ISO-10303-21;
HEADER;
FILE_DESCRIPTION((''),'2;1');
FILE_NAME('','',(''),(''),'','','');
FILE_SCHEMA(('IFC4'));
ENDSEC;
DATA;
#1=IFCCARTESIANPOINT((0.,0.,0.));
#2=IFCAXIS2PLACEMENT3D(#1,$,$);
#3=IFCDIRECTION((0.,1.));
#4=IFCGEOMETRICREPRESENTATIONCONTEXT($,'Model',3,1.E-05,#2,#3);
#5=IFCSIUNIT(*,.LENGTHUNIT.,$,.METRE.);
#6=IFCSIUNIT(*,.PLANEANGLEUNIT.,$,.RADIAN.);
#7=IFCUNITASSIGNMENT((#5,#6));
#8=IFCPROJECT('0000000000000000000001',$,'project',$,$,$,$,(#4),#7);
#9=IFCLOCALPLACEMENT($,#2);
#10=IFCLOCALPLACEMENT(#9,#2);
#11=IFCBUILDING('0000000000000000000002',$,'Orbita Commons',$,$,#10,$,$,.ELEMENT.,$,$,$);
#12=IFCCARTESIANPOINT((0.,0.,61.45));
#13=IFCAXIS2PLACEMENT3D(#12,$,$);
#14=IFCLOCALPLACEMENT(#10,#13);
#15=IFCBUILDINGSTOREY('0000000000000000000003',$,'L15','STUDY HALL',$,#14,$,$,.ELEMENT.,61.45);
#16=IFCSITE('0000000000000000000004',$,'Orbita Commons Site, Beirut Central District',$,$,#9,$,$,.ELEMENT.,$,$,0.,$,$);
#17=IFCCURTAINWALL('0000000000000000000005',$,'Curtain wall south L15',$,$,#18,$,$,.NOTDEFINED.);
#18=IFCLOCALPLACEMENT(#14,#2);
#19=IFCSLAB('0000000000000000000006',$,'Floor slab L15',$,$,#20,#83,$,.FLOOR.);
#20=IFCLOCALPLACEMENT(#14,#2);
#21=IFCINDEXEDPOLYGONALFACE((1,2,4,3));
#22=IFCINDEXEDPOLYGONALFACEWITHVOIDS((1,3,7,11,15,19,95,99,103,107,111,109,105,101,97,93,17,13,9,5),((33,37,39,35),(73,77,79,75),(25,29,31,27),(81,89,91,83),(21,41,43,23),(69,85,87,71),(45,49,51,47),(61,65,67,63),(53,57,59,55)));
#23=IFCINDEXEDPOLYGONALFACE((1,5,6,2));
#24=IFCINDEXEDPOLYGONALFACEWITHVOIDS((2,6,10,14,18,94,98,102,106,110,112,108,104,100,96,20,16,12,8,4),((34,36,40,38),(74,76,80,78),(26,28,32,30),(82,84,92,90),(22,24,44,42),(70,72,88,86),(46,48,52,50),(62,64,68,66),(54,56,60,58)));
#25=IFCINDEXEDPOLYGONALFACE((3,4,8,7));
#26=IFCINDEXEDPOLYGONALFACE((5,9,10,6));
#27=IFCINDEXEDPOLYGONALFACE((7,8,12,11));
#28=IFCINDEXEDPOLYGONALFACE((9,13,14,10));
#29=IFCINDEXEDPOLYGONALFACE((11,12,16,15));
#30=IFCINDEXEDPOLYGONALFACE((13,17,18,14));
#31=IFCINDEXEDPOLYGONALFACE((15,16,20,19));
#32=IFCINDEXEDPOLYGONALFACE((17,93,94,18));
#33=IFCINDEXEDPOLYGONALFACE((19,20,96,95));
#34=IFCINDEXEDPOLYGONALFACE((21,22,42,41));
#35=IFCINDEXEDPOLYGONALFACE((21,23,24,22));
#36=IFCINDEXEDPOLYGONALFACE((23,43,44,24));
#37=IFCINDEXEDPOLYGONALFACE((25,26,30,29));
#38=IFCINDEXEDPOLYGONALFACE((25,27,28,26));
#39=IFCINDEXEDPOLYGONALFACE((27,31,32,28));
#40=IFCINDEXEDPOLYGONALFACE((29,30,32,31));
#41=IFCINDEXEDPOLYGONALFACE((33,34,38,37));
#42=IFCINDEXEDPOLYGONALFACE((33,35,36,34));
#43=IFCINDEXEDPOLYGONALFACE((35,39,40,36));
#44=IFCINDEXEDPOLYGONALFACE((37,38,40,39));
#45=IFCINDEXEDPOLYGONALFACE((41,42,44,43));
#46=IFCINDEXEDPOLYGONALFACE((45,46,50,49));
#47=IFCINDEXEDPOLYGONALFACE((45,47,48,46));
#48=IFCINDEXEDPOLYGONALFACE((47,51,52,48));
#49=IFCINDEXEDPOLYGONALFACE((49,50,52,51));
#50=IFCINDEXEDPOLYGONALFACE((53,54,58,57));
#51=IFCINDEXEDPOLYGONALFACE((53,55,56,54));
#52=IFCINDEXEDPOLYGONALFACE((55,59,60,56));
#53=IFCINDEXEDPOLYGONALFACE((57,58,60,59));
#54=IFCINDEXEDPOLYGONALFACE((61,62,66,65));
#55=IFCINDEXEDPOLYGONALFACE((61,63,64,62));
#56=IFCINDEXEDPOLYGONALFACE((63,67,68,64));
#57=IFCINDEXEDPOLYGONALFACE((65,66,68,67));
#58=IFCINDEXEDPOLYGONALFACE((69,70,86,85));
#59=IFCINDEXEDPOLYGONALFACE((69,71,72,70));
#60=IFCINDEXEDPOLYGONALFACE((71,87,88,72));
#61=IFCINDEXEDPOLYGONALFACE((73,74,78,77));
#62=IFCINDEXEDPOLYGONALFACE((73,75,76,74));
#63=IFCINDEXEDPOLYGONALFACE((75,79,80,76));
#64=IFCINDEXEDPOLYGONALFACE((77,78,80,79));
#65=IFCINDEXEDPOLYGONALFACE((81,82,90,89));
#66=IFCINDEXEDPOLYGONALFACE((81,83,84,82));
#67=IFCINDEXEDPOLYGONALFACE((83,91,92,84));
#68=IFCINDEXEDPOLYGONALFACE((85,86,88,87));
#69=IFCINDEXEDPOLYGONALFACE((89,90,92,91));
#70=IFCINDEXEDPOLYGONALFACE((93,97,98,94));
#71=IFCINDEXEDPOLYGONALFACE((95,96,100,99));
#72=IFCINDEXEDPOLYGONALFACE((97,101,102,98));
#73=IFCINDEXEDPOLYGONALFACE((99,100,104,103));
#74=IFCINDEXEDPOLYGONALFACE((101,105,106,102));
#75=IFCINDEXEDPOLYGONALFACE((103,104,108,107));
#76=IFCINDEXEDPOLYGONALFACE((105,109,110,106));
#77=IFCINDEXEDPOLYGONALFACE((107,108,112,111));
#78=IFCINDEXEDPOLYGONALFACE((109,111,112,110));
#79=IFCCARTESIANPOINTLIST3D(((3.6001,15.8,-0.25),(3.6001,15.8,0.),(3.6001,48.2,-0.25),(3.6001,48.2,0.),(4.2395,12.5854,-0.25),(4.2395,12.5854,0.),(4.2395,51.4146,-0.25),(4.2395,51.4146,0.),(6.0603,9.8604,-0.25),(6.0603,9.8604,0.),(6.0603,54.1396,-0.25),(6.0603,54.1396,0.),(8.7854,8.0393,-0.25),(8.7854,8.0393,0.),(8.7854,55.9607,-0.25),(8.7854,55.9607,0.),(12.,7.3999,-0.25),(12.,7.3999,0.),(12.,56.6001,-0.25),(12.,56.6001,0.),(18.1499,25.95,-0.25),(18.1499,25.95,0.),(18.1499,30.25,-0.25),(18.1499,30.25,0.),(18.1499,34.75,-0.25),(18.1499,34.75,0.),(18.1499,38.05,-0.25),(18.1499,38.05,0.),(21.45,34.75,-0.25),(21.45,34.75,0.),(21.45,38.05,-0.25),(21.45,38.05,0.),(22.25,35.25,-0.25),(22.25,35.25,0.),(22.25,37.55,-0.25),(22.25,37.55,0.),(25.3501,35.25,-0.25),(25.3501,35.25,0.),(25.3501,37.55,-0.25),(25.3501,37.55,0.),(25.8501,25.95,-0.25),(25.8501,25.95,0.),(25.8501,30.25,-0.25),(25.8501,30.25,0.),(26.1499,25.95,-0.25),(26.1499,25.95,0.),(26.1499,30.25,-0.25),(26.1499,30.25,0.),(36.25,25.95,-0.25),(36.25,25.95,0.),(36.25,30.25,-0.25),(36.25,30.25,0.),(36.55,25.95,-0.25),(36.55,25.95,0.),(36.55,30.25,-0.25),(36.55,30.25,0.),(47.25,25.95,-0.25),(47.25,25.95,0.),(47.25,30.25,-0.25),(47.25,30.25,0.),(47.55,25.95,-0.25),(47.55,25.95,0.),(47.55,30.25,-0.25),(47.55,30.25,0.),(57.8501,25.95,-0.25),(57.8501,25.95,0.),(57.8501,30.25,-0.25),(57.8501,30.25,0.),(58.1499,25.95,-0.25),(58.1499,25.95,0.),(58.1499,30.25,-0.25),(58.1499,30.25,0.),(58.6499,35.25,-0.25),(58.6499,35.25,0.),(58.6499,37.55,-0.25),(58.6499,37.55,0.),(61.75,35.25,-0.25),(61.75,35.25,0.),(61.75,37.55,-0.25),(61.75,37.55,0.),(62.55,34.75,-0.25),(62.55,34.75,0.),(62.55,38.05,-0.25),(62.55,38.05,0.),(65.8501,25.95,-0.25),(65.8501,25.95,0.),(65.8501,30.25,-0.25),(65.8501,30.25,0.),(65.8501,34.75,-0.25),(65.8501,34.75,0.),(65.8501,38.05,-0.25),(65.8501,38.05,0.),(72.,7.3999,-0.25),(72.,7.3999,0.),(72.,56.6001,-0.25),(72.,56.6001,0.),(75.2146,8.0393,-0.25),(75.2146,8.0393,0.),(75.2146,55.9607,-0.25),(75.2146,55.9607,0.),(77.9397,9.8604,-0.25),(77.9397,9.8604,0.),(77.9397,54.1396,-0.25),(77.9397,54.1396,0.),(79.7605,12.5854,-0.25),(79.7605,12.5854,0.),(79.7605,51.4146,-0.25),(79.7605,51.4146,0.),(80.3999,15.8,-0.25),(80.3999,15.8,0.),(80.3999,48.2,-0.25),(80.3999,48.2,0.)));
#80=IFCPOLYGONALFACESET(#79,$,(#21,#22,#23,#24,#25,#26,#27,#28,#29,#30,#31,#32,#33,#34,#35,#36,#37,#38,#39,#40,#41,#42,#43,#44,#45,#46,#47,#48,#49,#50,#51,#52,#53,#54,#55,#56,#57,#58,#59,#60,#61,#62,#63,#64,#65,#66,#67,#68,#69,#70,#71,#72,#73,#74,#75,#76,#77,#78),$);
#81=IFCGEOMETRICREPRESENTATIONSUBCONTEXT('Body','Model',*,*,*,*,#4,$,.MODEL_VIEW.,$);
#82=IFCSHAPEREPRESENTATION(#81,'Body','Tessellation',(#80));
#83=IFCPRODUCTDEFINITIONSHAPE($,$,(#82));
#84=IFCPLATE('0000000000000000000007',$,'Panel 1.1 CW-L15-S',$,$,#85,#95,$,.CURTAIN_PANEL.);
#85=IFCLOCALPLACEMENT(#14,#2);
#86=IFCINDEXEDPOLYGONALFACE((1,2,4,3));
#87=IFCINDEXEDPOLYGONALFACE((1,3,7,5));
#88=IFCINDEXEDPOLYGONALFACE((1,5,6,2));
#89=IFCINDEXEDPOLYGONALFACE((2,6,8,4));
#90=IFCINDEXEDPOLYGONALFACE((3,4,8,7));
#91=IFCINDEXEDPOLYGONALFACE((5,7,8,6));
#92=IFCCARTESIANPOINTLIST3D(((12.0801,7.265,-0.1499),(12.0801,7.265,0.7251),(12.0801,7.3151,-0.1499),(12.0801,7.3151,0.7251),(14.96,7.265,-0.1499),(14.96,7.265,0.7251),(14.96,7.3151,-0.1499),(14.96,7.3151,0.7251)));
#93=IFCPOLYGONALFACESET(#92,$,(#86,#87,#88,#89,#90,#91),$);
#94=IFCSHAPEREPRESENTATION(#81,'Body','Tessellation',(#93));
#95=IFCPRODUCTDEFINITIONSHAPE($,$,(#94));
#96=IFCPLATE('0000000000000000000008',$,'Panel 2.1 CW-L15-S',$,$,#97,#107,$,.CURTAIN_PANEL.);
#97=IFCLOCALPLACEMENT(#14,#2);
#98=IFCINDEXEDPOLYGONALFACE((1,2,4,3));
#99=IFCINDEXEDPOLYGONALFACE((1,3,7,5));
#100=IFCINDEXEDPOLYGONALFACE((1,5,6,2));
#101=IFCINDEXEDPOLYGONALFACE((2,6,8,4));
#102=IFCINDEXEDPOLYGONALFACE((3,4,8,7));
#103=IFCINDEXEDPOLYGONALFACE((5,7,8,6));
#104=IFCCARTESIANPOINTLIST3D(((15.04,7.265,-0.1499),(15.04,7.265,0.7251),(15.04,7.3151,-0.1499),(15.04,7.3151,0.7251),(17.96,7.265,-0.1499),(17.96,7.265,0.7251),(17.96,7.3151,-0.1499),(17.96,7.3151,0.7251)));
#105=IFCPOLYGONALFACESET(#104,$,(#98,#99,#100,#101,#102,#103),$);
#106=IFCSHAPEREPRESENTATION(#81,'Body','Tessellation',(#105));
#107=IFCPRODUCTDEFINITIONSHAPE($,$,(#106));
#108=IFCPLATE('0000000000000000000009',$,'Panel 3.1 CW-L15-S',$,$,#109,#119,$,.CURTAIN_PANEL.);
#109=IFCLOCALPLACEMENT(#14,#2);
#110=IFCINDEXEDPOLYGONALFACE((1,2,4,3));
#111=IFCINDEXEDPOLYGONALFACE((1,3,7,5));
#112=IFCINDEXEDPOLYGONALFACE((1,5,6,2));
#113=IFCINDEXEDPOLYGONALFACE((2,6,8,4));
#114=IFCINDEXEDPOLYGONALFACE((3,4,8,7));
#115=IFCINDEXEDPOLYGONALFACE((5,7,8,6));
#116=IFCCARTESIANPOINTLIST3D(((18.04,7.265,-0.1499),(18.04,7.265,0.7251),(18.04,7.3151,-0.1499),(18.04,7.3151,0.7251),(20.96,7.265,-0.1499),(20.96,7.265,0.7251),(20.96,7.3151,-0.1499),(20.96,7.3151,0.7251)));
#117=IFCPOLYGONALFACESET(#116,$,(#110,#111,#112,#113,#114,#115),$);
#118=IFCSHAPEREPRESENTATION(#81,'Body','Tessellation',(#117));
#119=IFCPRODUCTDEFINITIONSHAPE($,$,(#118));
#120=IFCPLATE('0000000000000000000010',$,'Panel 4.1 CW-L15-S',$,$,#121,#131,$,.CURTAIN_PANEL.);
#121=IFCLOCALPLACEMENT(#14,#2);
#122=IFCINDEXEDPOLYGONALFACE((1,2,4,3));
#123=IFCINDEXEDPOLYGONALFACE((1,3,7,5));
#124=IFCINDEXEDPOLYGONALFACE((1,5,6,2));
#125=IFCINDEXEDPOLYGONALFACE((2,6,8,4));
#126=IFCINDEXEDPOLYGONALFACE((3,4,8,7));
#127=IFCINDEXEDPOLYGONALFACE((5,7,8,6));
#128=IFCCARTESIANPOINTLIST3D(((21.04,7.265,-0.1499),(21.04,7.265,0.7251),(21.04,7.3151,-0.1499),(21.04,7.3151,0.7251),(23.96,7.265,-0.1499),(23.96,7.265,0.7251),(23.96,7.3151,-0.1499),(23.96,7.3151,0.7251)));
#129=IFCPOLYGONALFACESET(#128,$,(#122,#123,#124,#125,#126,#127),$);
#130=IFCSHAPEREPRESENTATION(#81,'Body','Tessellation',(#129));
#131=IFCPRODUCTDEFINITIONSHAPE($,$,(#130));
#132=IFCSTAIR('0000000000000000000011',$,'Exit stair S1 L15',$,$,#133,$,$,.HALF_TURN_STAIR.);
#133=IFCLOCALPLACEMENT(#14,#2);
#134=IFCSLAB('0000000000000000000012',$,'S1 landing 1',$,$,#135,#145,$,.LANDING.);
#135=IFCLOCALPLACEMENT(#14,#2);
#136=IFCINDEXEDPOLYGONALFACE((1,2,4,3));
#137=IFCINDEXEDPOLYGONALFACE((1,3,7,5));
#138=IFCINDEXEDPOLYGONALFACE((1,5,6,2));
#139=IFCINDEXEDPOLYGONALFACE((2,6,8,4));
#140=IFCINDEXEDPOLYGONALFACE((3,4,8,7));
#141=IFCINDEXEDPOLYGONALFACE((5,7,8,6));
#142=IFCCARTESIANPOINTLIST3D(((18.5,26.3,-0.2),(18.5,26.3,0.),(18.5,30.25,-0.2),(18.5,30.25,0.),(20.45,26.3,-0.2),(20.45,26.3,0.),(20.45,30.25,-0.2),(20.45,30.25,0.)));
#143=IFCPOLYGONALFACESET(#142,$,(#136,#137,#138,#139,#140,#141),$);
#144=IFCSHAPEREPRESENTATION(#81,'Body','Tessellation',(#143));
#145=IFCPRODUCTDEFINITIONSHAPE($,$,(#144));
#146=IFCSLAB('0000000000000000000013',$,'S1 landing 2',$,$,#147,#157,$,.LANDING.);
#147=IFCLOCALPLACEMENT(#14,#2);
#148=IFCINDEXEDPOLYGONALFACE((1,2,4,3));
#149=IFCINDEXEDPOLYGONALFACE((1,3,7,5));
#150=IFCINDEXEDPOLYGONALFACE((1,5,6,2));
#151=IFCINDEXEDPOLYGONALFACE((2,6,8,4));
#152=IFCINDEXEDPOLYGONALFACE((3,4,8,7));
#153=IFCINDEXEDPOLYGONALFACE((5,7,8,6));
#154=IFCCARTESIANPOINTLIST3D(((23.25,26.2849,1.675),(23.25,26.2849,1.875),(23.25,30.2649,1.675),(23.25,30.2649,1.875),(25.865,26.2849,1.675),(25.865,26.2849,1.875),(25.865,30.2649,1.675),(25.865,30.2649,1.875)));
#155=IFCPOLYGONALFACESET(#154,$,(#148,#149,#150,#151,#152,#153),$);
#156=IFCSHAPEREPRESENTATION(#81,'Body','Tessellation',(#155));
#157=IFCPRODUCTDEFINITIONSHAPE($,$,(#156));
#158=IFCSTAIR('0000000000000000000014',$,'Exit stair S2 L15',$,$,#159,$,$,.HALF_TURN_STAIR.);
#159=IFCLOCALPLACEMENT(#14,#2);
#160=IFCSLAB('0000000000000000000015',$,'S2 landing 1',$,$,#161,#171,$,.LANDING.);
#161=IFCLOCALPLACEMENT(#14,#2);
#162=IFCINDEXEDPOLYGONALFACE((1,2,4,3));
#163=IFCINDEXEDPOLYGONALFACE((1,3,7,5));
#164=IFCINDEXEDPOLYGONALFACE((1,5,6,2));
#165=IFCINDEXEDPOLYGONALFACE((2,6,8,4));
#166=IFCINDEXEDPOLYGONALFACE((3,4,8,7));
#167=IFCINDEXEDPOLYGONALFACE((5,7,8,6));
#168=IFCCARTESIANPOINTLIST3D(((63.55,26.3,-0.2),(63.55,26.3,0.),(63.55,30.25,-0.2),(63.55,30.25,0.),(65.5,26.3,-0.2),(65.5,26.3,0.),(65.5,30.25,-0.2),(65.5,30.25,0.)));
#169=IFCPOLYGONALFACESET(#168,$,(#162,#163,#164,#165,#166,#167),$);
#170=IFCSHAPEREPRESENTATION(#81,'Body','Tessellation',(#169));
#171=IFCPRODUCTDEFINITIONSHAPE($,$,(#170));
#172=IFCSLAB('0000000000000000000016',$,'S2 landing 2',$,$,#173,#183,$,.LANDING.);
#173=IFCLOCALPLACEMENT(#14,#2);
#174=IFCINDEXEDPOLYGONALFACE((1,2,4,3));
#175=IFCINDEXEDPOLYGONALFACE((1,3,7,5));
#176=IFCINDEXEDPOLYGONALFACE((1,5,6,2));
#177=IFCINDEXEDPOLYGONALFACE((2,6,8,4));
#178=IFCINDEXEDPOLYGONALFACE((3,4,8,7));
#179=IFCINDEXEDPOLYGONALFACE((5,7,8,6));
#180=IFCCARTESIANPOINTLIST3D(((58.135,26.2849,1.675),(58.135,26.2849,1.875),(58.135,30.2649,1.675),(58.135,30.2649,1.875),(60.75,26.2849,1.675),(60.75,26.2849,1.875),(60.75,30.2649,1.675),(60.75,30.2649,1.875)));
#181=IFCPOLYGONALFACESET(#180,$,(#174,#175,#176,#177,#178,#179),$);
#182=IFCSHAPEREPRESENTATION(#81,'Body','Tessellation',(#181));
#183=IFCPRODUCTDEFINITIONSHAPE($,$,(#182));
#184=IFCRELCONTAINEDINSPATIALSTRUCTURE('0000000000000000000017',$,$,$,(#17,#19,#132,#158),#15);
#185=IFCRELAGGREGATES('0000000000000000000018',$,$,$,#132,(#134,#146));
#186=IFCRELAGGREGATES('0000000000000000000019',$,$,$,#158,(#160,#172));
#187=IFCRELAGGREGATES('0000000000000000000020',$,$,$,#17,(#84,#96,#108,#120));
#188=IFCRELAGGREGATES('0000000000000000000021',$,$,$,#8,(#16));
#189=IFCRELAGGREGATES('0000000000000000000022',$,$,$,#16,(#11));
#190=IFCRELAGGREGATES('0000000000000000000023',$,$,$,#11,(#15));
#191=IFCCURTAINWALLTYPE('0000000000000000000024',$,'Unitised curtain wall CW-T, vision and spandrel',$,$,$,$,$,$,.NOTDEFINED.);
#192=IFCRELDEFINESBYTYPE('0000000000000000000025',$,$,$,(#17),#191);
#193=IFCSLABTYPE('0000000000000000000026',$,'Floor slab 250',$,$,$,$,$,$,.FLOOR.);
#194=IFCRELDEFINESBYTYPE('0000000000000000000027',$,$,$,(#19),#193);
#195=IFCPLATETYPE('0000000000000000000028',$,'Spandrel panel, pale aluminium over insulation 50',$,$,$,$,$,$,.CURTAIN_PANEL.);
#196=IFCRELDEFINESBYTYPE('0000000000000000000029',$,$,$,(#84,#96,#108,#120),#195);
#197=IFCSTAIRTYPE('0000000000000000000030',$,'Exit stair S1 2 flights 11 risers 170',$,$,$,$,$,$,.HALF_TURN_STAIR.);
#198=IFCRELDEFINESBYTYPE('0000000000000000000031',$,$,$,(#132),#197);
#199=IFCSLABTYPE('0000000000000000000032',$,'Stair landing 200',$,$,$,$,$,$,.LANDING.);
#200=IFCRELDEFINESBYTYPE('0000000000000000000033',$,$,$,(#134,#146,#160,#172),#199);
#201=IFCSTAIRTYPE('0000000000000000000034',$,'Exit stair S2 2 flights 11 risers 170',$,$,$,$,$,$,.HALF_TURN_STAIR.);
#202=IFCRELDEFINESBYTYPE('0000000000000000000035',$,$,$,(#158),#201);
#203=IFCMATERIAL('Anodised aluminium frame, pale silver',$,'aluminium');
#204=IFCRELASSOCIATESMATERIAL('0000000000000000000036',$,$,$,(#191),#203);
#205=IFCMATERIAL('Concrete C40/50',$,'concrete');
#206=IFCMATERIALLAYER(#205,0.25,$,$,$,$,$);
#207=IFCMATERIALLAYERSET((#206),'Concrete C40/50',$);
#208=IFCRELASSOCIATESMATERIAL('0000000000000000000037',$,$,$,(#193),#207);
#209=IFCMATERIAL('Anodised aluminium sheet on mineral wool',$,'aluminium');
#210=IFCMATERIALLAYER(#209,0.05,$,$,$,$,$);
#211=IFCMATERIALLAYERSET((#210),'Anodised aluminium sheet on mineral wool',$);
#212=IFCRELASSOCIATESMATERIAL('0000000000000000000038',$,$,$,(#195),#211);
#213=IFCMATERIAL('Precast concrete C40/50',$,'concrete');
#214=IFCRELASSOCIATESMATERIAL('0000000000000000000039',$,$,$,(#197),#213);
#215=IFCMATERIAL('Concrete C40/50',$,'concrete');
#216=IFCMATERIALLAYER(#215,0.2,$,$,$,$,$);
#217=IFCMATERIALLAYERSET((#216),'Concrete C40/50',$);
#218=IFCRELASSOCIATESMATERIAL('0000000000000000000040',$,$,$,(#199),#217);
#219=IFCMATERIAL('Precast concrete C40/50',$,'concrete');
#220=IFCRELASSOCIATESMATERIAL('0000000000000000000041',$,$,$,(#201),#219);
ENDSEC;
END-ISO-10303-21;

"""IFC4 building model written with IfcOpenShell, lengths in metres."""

from ifc_helpers import new_model, si_unit, direction, frame, origin, origin_2d, place, context, subcontext, project, spatial, polyline, rectangle, outline, extrude, material, layer, layer_set, type_object, element, aggregate, save


model = new_model("IFC4")

# Units and contexts
model_context = context("Model", 3, precision=1e-05, world=origin(), true_north=direction((0.0, 1.0)))
body_context = subcontext(model_context, "Body", "Model", "MODEL_VIEW")
ifc_project = project(units=[si_unit("LENGTHUNIT", "METRE"), si_unit("PLANEANGLEUNIT", "RADIAN")], contexts=[model_context])

# Site, building, storey
site_placement = place(None, origin())
site = spatial("IfcSite", under=ifc_project, at=site_placement, Name="Orbita Commons Site, Beirut Central District", CompositionType="ELEMENT", RefElevation=0.0)
building_placement = place(site_placement, origin())
building = spatial("IfcBuilding", under=site, at=building_placement, Name="Orbita Commons", CompositionType="ELEMENT")
storey_placement = place(building_placement, frame((0.0, 0.0, 61.45)))
storey = spatial("IfcBuildingStorey", under=building, at=storey_placement, Name="L15", Description="STUDY HALL", CompositionType="ELEMENT", Elevation=61.45)

# Curtain wall
ifc_material_1 = material(Name="Anodised aluminium frame, pale silver", Category="aluminium")
curtain_wall_type = type_object("IfcCurtainWallType", Name="Unitised curtain wall CW-T, vision and spandrel", PredefinedType="NOTDEFINED", material=ifc_material_1)
curtain_wall_placement = place(storey_placement, origin())
curtain_wall = element("IfcCurtainWall", 1, at=curtain_wall_placement, inside=storey, type_object=curtain_wall_type, Name="Curtain wall south L15", PredefinedType="NOTDEFINED")

# Slab
ifc_material_2 = material(Name="Concrete C40/50", Category="concrete")
ifc_layer_1 = layer(ifc_material_2, 0.25)
ifc_layer_set_1 = layer_set([ifc_layer_1], Name="Concrete C40/50")
slab_type_1 = type_object("IfcSlabType", Name="Floor slab 250", PredefinedType="FLOOR", material=ifc_layer_set_1)
slab_1_placement = place(storey_placement, frame((0.0, 0.0, -0.25)))
element("IfcSlab", 2, at=slab_1_placement, inside=storey, type_object=slab_type_1, Name="Floor slab L15", PredefinedType="FLOOR", context=body_context, shape_type="SweptSolid", body=[
    extrude(outline(polyline([(72.0, 7.3999), (75.2146, 8.0393), (77.9397, 9.8604), (79.7605, 12.5854), (80.3999, 15.8), (80.3999, 48.2), (79.7605, 51.4146), (77.9397, 54.1396), (75.2146, 55.9607), (72.0, 56.6001), (12.0, 56.6001), (8.7854, 55.9607), (6.0603, 54.1396), (4.2395, 51.4146), (3.6001, 48.2), (3.6001, 15.8), (4.2395, 12.5854), (6.0603, 9.8604), (8.7854, 8.0393), (12.0, 7.3999), (72.0, 7.3999)]), holes=[polyline([(18.1499, 25.95), (25.8501, 25.95), (25.8501, 30.25), (18.1499, 30.25), (18.1499, 25.95)]), polyline([(58.1499, 25.95), (65.8501, 25.95), (65.8501, 30.25), (58.1499, 30.25), (58.1499, 25.95)]), polyline([(18.1499, 34.75), (21.45, 34.75), (21.45, 38.05), (18.1499, 38.05), (18.1499, 34.75)]), polyline([(62.55, 34.75), (65.8501, 34.75), (65.8501, 38.05), (62.55, 38.05), (62.55, 34.75)]), polyline([(22.25, 35.25), (25.3501, 35.25), (25.3501, 37.55), (22.25, 37.55), (22.25, 35.25)]), polyline([(58.6499, 35.25), (61.75, 35.25), (61.75, 37.55), (58.6499, 37.55), (58.6499, 35.25)]), polyline([(26.1499, 25.95), (36.25, 25.95), (36.25, 30.25), (26.1499, 30.25), (26.1499, 25.95)]), polyline([(36.55, 25.95), (47.25, 25.95), (47.25, 30.25), (36.55, 30.25), (36.55, 25.95)]), polyline([(47.55, 25.95), (57.8501, 25.95), (57.8501, 30.25), (47.55, 30.25), (47.55, 25.95)])]), origin(), (0.0, 0.0, 1.0), 0.25),
])

# Plates
ifc_material_3 = material(Name="Anodised aluminium sheet on mineral wool", Category="aluminium")
ifc_layer_2 = layer(ifc_material_3, 0.05)
ifc_layer_set_2 = layer_set([ifc_layer_2], Name="Anodised aluminium sheet on mineral wool")
plate_type_1 = type_object("IfcPlateType", Name="Spandrel panel, pale aluminium over insulation 50", PredefinedType="CURTAIN_PANEL", material=ifc_layer_set_2)
plate_1_placement = place(storey_placement, frame((13.52, 7.29, -0.1499), z_axis=(0.0, 0.0, 1.0), x_axis=(1.0, 0.0, 0.0)))
plate_1 = element("IfcPlate", 3, at=plate_1_placement, type_object=plate_type_1, Name="Panel 1.1 CW-L15-S", PredefinedType="CURTAIN_PANEL", context=body_context, shape_type="SweptSolid", body=[
    extrude(rectangle(XDim=2.8799, YDim=0.05, at=origin_2d()), origin(), (0.0, 0.0, 1.0), 0.875),
])
plate_2_placement = place(storey_placement, frame((16.5, 7.29, -0.1499), z_axis=(0.0, 0.0, 1.0), x_axis=(1.0, 0.0, 0.0)))
plate_2 = element("IfcPlate", 4, at=plate_2_placement, type_object=plate_type_1, Name="Panel 2.1 CW-L15-S", PredefinedType="CURTAIN_PANEL", context=body_context, shape_type="SweptSolid", body=[
    extrude(rectangle(XDim=2.9199, YDim=0.05, at=origin_2d()), origin(), (0.0, 0.0, 1.0), 0.875),
])
plate_3_placement = place(storey_placement, frame((19.5, 7.29, -0.1499), z_axis=(0.0, 0.0, 1.0), x_axis=(1.0, 0.0, 0.0)))
plate_3 = element("IfcPlate", 5, at=plate_3_placement, type_object=plate_type_1, Name="Panel 3.1 CW-L15-S", PredefinedType="CURTAIN_PANEL", context=body_context, shape_type="SweptSolid", body=[
    extrude(rectangle(XDim=2.9199, YDim=0.05, at=origin_2d()), origin(), (0.0, 0.0, 1.0), 0.875),
])
plate_4_placement = place(storey_placement, frame((22.5, 7.29, -0.1499), z_axis=(0.0, 0.0, 1.0), x_axis=(1.0, 0.0, 0.0)))
plate_4 = element("IfcPlate", 6, at=plate_4_placement, type_object=plate_type_1, Name="Panel 4.1 CW-L15-S", PredefinedType="CURTAIN_PANEL", context=body_context, shape_type="SweptSolid", body=[
    extrude(rectangle(XDim=2.9199, YDim=0.05, at=origin_2d()), origin(), (0.0, 0.0, 1.0), 0.875),
])

# Stairs, slabs
ifc_material_4 = material(Name="Precast concrete C40/50", Category="concrete")
stair_type_1 = type_object("IfcStairType", Name="Exit stair S1 2 flights 11 risers 170", PredefinedType="HALF_TURN_STAIR", material=ifc_material_4)
stair_1_placement = place(storey_placement, origin())
stair_1 = element("IfcStair", 7, at=stair_1_placement, inside=storey, type_object=stair_type_1, Name="Exit stair S1 L15", PredefinedType="HALF_TURN_STAIR")
ifc_material_5 = material(Name="Concrete C40/50", Category="concrete")
ifc_layer_3 = layer(ifc_material_5, 0.2)
ifc_layer_set_3 = layer_set([ifc_layer_3], Name="Concrete C40/50")
slab_type_2 = type_object("IfcSlabType", Name="Stair landing 200", PredefinedType="LANDING", material=ifc_layer_set_3)
slab_2_placement = place(storey_placement, frame((0.0, 0.0, -0.2)))
slab_2 = element("IfcSlab", 8, at=slab_2_placement, type_object=slab_type_2, Name="S1 landing 1", PredefinedType="LANDING", context=body_context, shape_type="SweptSolid", body=[
    extrude(outline(polyline([(18.5, 26.3), (20.45, 26.3), (20.45, 30.25), (18.5, 30.25), (18.5, 26.3)])), origin(), (0.0, 0.0, 1.0), 0.2),
])
slab_3_placement = place(storey_placement, frame((0.0, 0.0, 1.675)))
slab_3 = element("IfcSlab", 9, at=slab_3_placement, type_object=slab_type_2, Name="S1 landing 2", PredefinedType="LANDING", context=body_context, shape_type="SweptSolid", body=[
    extrude(outline(polyline([(23.25, 26.2849), (25.865, 26.2849), (25.865, 30.2649), (23.25, 30.2649), (23.25, 26.2849)])), origin(), (0.0, 0.0, 1.0), 0.2),
])
aggregate(stair_1, [slab_2, slab_3])
ifc_material_6 = material(Name="Precast concrete C40/50", Category="concrete")
stair_type_2 = type_object("IfcStairType", Name="Exit stair S2 2 flights 11 risers 170", PredefinedType="HALF_TURN_STAIR", material=ifc_material_6)
stair_2_placement = place(storey_placement, origin())
stair_2 = element("IfcStair", 10, at=stair_2_placement, inside=storey, type_object=stair_type_2, Name="Exit stair S2 L15", PredefinedType="HALF_TURN_STAIR")
slab_4_placement = place(storey_placement, frame((0.0, 0.0, -0.2)))
slab_4 = element("IfcSlab", 11, at=slab_4_placement, type_object=slab_type_2, Name="S2 landing 1", PredefinedType="LANDING", context=body_context, shape_type="SweptSolid", body=[
    extrude(outline(polyline([(63.55, 26.3), (65.5, 26.3), (65.5, 30.25), (63.55, 30.25), (63.55, 26.3)])), origin(), (0.0, 0.0, 1.0), 0.2),
])
slab_5_placement = place(storey_placement, frame((0.0, 0.0, 1.675)))
slab_5 = element("IfcSlab", 12, at=slab_5_placement, type_object=slab_type_2, Name="S2 landing 2", PredefinedType="LANDING", context=body_context, shape_type="SweptSolid", body=[
    extrude(outline(polyline([(58.135, 26.2849), (60.75, 26.2849), (60.75, 30.2649), (58.135, 30.2649), (58.135, 26.2849)])), origin(), (0.0, 0.0, 1.0), 0.2),
])
aggregate(stair_2, [slab_4, slab_5])

aggregate(curtain_wall, [plate_1, plate_2, plate_3, plate_4])

save(model, "model.ifc")
